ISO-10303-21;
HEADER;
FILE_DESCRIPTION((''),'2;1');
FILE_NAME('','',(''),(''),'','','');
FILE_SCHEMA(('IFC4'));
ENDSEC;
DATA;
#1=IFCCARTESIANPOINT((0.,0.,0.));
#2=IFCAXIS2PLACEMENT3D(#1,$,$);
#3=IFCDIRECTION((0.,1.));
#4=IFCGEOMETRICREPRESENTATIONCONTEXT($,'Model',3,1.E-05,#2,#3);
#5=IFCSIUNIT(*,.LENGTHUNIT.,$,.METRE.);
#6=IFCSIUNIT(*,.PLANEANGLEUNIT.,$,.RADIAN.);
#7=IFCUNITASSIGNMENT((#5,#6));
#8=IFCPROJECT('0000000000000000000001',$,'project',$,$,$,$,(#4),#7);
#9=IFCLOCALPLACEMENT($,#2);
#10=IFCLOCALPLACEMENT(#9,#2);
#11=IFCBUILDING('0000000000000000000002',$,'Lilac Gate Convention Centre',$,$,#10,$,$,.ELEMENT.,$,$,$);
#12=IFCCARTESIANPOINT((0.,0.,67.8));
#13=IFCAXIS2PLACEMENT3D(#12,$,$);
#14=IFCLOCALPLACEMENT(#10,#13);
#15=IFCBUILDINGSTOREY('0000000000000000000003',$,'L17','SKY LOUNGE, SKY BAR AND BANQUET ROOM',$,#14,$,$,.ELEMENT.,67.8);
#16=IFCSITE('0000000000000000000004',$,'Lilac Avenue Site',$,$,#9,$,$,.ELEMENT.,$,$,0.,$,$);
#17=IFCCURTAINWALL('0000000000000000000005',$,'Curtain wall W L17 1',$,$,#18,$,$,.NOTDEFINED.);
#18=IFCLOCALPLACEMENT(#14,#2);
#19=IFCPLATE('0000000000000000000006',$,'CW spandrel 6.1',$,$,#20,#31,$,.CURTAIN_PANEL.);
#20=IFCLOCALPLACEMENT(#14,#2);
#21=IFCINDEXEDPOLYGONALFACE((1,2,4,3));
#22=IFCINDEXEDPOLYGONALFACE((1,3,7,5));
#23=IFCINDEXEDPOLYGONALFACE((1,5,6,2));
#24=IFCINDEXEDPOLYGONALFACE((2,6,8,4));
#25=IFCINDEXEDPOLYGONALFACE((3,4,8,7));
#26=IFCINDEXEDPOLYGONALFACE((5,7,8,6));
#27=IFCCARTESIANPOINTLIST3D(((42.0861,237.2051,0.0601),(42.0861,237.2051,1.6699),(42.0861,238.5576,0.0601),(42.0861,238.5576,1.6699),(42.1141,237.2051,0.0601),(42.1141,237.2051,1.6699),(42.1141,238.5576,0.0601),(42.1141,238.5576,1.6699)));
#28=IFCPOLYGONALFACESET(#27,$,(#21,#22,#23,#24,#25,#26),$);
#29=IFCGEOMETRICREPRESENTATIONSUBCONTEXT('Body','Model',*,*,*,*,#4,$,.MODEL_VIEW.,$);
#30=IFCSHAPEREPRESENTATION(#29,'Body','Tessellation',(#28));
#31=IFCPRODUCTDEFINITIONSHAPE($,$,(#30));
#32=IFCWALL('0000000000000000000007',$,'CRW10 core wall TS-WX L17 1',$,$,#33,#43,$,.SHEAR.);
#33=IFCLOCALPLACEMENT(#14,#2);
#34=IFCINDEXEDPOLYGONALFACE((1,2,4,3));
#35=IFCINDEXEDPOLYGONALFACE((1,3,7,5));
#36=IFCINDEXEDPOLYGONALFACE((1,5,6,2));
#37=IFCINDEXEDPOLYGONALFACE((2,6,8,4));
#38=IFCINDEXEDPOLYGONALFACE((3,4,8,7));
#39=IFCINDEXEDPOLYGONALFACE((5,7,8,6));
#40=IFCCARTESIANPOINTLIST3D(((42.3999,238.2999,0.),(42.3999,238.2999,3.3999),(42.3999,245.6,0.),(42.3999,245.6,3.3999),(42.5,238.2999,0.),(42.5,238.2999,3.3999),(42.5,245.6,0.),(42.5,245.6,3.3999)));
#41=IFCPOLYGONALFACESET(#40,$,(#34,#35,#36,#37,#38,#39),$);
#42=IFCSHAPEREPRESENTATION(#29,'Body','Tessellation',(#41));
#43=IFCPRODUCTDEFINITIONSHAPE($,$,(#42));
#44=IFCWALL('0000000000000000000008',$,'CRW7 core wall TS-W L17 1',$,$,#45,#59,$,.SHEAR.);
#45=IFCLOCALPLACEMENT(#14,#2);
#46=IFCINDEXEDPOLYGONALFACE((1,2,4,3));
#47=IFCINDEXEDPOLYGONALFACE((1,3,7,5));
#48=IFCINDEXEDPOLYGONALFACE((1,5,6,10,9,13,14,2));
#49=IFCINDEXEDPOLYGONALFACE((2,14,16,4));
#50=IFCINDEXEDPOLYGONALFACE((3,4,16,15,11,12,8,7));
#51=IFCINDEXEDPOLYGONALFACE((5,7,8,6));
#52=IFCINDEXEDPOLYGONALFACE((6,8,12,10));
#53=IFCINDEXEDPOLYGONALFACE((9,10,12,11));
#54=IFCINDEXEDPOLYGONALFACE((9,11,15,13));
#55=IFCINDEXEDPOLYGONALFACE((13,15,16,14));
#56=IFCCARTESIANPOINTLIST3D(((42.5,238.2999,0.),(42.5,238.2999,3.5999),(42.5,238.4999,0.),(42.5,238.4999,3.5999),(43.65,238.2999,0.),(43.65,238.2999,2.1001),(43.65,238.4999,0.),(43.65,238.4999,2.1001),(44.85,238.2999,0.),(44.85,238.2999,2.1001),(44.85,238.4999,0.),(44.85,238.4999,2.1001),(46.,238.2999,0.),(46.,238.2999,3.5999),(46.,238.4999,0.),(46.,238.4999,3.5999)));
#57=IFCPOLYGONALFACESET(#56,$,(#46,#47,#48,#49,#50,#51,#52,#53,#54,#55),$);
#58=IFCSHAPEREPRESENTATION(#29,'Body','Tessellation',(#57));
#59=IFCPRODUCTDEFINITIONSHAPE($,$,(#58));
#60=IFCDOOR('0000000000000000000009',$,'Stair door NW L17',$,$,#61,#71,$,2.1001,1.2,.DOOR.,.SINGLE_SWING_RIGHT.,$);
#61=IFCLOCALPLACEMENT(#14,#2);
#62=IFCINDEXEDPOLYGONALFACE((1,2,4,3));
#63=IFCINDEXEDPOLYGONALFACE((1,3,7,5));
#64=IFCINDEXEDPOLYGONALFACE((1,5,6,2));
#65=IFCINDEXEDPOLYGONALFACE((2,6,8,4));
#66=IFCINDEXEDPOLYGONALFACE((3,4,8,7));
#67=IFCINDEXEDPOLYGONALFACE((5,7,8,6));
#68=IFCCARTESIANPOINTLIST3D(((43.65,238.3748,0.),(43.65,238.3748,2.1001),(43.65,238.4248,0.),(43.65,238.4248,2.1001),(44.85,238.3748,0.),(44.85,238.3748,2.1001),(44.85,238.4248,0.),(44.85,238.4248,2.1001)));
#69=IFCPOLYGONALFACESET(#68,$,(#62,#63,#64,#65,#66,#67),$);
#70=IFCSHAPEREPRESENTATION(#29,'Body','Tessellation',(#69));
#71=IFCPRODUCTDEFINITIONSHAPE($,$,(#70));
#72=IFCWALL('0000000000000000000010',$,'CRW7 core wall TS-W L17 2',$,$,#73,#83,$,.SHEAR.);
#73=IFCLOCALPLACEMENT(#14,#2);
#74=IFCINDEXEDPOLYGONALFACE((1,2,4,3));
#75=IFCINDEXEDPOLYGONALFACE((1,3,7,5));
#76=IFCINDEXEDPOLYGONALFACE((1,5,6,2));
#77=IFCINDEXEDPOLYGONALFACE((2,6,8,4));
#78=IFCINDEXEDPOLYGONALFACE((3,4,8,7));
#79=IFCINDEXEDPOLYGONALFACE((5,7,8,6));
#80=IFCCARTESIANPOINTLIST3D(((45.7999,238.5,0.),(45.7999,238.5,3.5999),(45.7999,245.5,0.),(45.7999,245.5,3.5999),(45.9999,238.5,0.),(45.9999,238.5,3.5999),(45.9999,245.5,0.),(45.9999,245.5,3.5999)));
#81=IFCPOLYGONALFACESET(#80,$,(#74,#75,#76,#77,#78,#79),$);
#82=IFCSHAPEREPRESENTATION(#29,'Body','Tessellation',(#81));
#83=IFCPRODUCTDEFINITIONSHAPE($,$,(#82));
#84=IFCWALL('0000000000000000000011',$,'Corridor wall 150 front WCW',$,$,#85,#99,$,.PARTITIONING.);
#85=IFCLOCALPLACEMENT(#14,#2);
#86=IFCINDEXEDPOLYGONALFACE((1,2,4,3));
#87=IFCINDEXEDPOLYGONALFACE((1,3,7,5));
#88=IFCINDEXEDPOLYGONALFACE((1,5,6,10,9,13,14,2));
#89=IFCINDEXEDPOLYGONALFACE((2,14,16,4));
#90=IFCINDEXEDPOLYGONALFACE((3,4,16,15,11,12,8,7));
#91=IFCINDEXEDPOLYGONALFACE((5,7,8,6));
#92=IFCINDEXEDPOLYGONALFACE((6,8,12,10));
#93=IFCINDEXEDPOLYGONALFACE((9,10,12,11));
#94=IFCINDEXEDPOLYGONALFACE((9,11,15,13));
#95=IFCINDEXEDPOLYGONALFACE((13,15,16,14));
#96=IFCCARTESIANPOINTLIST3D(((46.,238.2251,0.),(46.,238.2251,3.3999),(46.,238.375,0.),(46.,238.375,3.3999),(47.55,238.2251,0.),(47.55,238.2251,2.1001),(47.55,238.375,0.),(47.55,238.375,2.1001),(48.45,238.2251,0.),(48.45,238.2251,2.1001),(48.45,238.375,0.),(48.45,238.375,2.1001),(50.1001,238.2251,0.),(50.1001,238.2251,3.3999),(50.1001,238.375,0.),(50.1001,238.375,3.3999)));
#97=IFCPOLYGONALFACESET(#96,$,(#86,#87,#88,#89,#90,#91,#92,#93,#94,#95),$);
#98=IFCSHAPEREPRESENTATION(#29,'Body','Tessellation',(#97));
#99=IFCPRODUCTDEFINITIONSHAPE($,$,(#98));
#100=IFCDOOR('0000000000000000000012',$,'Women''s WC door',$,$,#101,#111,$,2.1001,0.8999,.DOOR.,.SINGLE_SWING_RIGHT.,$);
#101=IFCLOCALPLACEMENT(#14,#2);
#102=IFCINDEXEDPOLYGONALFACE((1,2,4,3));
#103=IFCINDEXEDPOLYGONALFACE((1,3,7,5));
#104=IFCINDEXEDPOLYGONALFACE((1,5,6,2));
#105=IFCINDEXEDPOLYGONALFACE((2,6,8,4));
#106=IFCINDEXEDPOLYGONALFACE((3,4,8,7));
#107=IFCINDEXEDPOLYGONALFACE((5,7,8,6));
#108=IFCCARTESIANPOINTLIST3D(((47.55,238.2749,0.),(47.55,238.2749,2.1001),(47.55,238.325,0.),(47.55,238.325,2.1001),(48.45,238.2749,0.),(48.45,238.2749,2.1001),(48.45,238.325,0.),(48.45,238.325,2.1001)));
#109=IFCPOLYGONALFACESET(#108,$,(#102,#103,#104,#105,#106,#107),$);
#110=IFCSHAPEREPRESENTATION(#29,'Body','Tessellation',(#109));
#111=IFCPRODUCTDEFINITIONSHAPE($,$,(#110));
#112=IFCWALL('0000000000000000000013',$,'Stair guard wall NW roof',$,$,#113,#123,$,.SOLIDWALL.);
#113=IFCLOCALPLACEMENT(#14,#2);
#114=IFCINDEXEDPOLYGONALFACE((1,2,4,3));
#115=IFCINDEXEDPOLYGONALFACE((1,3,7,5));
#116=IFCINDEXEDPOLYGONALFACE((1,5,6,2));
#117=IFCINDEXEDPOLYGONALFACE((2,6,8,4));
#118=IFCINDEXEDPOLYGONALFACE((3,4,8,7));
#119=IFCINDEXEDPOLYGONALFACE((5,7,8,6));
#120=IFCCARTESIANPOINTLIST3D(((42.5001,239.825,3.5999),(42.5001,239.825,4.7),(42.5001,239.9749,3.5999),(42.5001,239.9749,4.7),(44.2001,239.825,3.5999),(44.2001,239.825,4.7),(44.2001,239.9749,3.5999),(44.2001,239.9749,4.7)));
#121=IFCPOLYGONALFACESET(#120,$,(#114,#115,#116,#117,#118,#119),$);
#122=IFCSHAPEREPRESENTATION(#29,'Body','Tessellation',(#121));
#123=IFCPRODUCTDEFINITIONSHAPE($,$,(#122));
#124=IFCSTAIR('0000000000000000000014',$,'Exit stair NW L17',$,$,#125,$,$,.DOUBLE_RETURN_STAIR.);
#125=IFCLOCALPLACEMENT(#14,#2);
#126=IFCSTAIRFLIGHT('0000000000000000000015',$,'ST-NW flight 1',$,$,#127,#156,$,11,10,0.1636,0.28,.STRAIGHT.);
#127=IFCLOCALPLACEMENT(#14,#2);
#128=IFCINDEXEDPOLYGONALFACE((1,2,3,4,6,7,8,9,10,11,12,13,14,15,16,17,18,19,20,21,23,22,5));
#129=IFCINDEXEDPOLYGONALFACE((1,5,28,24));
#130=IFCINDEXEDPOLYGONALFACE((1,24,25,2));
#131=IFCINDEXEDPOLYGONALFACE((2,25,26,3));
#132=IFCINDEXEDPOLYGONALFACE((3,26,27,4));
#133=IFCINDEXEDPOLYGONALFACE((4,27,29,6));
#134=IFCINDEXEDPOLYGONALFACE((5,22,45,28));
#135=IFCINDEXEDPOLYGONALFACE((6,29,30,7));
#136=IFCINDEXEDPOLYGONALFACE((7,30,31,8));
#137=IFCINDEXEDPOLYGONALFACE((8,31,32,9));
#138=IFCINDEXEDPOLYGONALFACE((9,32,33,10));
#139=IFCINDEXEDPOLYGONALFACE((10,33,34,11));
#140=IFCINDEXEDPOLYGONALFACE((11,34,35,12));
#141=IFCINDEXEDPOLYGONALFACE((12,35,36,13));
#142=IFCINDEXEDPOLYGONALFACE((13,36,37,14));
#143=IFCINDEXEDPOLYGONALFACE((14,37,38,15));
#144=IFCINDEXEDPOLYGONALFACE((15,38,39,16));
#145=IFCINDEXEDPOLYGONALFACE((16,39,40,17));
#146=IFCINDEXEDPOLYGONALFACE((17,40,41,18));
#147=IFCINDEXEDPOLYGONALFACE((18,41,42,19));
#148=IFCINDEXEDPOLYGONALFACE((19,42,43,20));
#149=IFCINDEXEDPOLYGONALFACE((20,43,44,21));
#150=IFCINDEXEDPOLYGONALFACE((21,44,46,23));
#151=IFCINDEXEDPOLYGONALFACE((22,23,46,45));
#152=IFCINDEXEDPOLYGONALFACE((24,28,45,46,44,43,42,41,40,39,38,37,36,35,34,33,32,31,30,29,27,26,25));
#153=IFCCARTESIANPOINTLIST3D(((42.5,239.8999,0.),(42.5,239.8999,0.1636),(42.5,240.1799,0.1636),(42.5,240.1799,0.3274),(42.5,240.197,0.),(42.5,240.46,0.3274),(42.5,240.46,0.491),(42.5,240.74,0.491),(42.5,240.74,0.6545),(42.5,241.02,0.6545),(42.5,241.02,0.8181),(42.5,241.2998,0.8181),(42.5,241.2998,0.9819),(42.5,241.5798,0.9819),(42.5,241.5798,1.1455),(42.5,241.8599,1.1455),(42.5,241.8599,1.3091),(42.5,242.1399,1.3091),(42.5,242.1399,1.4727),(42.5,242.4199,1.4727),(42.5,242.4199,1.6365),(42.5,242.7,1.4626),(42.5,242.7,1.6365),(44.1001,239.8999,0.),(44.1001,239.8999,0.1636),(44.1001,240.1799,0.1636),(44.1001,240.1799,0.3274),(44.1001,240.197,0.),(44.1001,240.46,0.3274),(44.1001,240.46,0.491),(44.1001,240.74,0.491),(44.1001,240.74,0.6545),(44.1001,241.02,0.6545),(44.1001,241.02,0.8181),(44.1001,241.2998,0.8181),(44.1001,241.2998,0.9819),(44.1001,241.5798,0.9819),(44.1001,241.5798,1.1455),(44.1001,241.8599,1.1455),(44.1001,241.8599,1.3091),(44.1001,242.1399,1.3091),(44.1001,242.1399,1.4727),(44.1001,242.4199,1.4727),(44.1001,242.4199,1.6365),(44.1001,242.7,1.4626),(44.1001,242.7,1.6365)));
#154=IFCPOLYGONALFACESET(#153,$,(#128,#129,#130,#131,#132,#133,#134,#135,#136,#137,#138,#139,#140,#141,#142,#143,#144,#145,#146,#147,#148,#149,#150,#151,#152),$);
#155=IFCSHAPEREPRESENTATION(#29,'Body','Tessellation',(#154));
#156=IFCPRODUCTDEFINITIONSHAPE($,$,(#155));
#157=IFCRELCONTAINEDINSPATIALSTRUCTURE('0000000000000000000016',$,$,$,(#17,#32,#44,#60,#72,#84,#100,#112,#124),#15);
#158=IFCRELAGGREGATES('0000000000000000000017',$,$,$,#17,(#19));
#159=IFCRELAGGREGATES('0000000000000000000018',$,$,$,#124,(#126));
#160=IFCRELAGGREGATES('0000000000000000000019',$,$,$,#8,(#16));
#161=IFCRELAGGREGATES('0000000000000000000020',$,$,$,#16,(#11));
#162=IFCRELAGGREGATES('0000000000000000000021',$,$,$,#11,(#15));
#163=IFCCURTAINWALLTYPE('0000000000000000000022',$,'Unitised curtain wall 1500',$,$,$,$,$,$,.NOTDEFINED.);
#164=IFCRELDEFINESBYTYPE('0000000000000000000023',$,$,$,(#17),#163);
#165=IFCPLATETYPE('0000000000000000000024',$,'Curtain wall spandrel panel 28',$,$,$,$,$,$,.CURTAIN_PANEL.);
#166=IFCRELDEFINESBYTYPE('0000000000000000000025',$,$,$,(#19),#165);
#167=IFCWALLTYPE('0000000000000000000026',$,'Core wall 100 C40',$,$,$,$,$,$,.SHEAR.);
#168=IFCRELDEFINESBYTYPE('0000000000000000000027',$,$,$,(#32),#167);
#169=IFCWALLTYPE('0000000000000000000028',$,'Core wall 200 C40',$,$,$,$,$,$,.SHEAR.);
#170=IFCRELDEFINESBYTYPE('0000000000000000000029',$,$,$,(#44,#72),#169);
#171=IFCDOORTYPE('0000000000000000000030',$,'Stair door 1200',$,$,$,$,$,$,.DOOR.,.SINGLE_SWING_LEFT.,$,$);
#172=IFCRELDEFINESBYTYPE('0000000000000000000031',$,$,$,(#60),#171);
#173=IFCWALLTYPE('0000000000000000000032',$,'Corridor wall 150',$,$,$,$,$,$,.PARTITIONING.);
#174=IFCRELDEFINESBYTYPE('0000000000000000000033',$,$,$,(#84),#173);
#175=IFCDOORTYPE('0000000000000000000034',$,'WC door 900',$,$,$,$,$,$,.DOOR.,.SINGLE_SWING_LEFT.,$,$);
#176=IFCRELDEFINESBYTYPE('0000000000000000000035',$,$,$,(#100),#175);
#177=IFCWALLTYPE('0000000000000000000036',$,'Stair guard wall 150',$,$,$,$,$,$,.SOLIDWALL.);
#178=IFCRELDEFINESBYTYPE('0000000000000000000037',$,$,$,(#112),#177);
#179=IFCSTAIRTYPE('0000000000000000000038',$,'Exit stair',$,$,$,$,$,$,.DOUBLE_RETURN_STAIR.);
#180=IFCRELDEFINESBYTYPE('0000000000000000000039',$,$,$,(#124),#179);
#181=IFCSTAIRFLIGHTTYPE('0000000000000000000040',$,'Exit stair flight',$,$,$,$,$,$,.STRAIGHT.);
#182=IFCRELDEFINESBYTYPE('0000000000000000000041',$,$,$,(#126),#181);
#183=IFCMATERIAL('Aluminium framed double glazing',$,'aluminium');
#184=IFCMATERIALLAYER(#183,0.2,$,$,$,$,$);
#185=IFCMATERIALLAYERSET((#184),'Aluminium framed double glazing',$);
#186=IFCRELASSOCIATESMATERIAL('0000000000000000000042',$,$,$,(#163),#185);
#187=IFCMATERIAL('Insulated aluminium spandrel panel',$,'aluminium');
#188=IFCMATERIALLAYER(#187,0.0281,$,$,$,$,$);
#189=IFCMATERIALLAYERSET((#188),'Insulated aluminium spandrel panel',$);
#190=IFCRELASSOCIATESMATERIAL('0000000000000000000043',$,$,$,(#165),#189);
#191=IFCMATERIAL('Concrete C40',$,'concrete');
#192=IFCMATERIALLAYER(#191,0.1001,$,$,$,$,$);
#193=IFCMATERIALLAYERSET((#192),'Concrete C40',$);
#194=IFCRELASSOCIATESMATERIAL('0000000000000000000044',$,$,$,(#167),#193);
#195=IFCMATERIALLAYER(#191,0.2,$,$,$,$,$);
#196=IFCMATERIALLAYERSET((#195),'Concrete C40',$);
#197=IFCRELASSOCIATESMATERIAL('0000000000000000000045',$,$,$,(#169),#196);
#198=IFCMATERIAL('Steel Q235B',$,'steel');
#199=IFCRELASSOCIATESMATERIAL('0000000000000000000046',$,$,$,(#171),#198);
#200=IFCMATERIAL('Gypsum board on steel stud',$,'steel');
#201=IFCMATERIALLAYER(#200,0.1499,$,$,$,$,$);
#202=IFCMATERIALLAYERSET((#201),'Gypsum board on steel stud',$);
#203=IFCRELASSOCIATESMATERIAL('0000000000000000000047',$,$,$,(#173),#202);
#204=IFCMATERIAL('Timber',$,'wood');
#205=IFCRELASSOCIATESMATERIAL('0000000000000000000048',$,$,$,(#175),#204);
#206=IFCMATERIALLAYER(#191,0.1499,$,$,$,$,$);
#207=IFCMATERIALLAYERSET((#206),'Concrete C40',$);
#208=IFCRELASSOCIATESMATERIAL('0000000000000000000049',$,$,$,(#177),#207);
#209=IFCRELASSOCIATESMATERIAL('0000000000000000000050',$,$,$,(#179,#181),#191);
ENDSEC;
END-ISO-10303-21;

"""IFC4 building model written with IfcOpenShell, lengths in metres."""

from ifc_helpers import new_model, si_unit, direction, frame, frame_2d, origin, origin_2d, place, context, subcontext, project, spatial, polyline, rectangle, outline, extrude, material, layer, layer_set, type_object, element, fill, aggregate, save


model = new_model("IFC4")

# Units and contexts
model_context = context("Model", 3, precision=1e-05, world=origin(), true_north=direction((0.0, 1.0)))
body_context = subcontext(model_context, "Body", "Model", "MODEL_VIEW")
ifc_project = project(units=[si_unit("LENGTHUNIT", "METRE"), si_unit("PLANEANGLEUNIT", "RADIAN")], contexts=[model_context])

# Site, building, storey
site_placement = place(None, origin())
site = spatial("IfcSite", under=ifc_project, at=site_placement, Name="Lilac Avenue Site", CompositionType="ELEMENT", RefElevation=0.0)
building_placement = place(site_placement, origin())
building = spatial("IfcBuilding", under=site, at=building_placement, Name="Lilac Gate Convention Centre", CompositionType="ELEMENT")
storey_placement = place(building_placement, frame((0.0, 0.0, 67.8)))
storey = spatial("IfcBuildingStorey", under=building, at=storey_placement, Name="L17", Description="SKY LOUNGE, SKY BAR AND BANQUET ROOM", CompositionType="ELEMENT", Elevation=67.8)

# Curtain wall, plate
ifc_material_1 = material(Name="Aluminium framed double glazing", Category="aluminium")
ifc_layer_1 = layer(ifc_material_1, 0.2)
ifc_layer_set_1 = layer_set([ifc_layer_1], Name="Aluminium framed double glazing")
curtain_wall_type = type_object("IfcCurtainWallType", Name="Unitised curtain wall 1500", PredefinedType="NOTDEFINED", material=ifc_layer_set_1)
curtain_wall_placement = place(storey_placement, origin())
curtain_wall = element("IfcCurtainWall", 1, at=curtain_wall_placement, inside=storey, type_object=curtain_wall_type, Name="Curtain wall W L17 1", PredefinedType="NOTDEFINED")
ifc_material_2 = material(Name="Insulated aluminium spandrel panel", Category="aluminium")
ifc_layer_2 = layer(ifc_material_2, 0.0281)
ifc_layer_set_2 = layer_set([ifc_layer_2], Name="Insulated aluminium spandrel panel")
plate_type_1 = type_object("IfcPlateType", Name="Curtain wall spandrel panel 28", PredefinedType="CURTAIN_PANEL", material=ifc_layer_set_2)
plate_1_placement = place(storey_placement, frame((42.1001, 237.8813, 0.0601), z_axis=(0.0, 0.0, 1.0), x_axis=(0.0, -1.0, 0.0)))
plate_1 = element("IfcPlate", 2, at=plate_1_placement, type_object=plate_type_1, Name="CW spandrel 6.1", PredefinedType="CURTAIN_PANEL", context=body_context, shape_type="SweptSolid", body=[
    extrude(rectangle(XDim=1.3525, YDim=0.0281, at=origin_2d()), origin(), (0.0, 0.0, 1.0), 1.6099),
])
aggregate(curtain_wall, [plate_1])

# Wall
ifc_material_3 = material(Name="Concrete C40", Category="concrete")
ifc_layer_3 = layer(ifc_material_3, 0.1001)
ifc_layer_set_3 = layer_set([ifc_layer_3], Name="Concrete C40")
wall_type_1 = type_object("IfcWallType", Name="Core wall 100 C40", PredefinedType="SHEAR", material=ifc_layer_set_3)
wall_1_placement = place(storey_placement, frame((42.45, 238.3, 0.0), z_axis=(0.0, 0.0, 1.0), x_axis=(0.0, 1.0, 0.0)))
element("IfcWall", 3, at=wall_1_placement, inside=storey, type_object=wall_type_1, Name="CRW10 core wall TS-WX L17 1", PredefinedType="SHEAR", context=body_context, shape_type="SweptSolid", body=[
    extrude(rectangle(XDim=7.3, YDim=0.1001, at=frame_2d((3.6499, 0.0))), origin(), (0.0, 0.0, 1.0), 3.3999),
])

# Wall, opening, door
ifc_layer_4 = layer(ifc_material_3, 0.2)
ifc_layer_set_4 = layer_set([ifc_layer_4], Name="Concrete C40")
wall_type_2 = type_object("IfcWallType", Name="Core wall 200 C40", PredefinedType="SHEAR", material=ifc_layer_set_4)
wall_2_placement = place(storey_placement, frame((42.5, 238.3999, 0.0), z_axis=(0.0, 0.0, 1.0), x_axis=(1.0, 0.0, 0.0)))
wall_2 = element("IfcWall", 4, at=wall_2_placement, inside=storey, type_object=wall_type_2, Name="CRW7 core wall TS-W L17 1", PredefinedType="SHEAR", context=body_context, shape_type="SweptSolid", body=[
    extrude(rectangle(XDim=3.5, YDim=0.2, at=frame_2d((1.75, 0.0))), origin(), (0.0, 0.0, 1.0), 3.5999),
])
opening_1_placement = place(wall_2_placement, frame((1.1499, 0.0, 0.0)))
opening_1 = element("IfcOpeningElement", 5, at=opening_1_placement, cuts=wall_2, PredefinedType="OPENING", context=body_context, shape_type="SweptSolid", body=[
    extrude(rectangle(XDim=1.2, YDim=2.1001, at=frame_2d((0.6001, 1.05))), frame((0.0, 0.1099, 0.0), z_axis=(0.0, -1.0, 0.0), x_axis=(1.0, 0.0, 0.0)), (0.0, 0.0, 1.0), 0.22),
])
ifc_material_4 = material(Name="Steel Q235B", Category="steel")
door_type_1 = type_object("IfcDoorType", Name="Stair door 1200", OperationType="SINGLE_SWING_LEFT", PredefinedType="DOOR", material=ifc_material_4)
door_1_placement = place(opening_1_placement, origin())
door_1 = element("IfcDoor", 6, at=door_1_placement, inside=storey, type_object=door_type_1, Name="Stair door NW L17", OperationType="SINGLE_SWING_RIGHT", OverallHeight=2.1001, OverallWidth=1.2, PredefinedType="DOOR", context=body_context, shape_type="SweptSolid", body=[
    extrude(rectangle(XDim=1.2, YDim=2.1001, at=frame_2d((0.6001, 1.05))), frame((0.0, 0.0249, 0.0), z_axis=(0.0, -1.0, 0.0), x_axis=(1.0, 0.0, 0.0)), (0.0, 0.0, 1.0), 0.05),
])
fill(opening_1, door_1)

# Wall
wall_3_placement = place(storey_placement, frame((45.8999, 238.5, 0.0), z_axis=(0.0, 0.0, 1.0), x_axis=(0.0, 1.0, 0.0)))
element("IfcWall", 7, at=wall_3_placement, inside=storey, type_object=wall_type_2, Name="CRW7 core wall TS-W L17 2", PredefinedType="SHEAR", context=body_context, shape_type="SweptSolid", body=[
    extrude(rectangle(XDim=7.0, YDim=0.2, at=frame_2d((3.5, 0.0))), origin(), (0.0, 0.0, 1.0), 3.5999),
])

# Wall, opening, door
ifc_material_5 = material(Name="Gypsum board on steel stud", Category="steel")
ifc_layer_5 = layer(ifc_material_5, 0.1499)
ifc_layer_set_5 = layer_set([ifc_layer_5], Name="Gypsum board on steel stud")
wall_type_3 = type_object("IfcWallType", Name="Corridor wall 150", PredefinedType="PARTITIONING", material=ifc_layer_set_5)
wall_4_placement = place(storey_placement, frame((46.0, 238.3, 0.0), z_axis=(0.0, 0.0, 1.0), x_axis=(1.0, 0.0, 0.0)))
wall_4 = element("IfcWall", 8, at=wall_4_placement, inside=storey, type_object=wall_type_3, Name="Corridor wall 150 front WCW", PredefinedType="PARTITIONING", context=body_context, shape_type="SweptSolid", body=[
    extrude(rectangle(XDim=4.1001, YDim=0.1499, at=frame_2d((2.05, 0.0))), origin(), (0.0, 0.0, 1.0), 3.3999),
])
opening_2_placement = place(wall_4_placement, frame((1.55, 0.0, 0.0)))
opening_2 = element("IfcOpeningElement", 9, at=opening_2_placement, cuts=wall_4, PredefinedType="OPENING", context=body_context, shape_type="SweptSolid", body=[
    extrude(rectangle(XDim=0.8999, YDim=2.1001, at=frame_2d((0.45, 1.05))), frame((0.0, 0.085, 0.0), z_axis=(0.0, -1.0, 0.0), x_axis=(1.0, 0.0, 0.0)), (0.0, 0.0, 1.0), 0.1699),
])
ifc_material_6 = material(Name="Timber", Category="wood")
door_type_2 = type_object("IfcDoorType", Name="WC door 900", OperationType="SINGLE_SWING_LEFT", PredefinedType="DOOR", material=ifc_material_6)
door_2_placement = place(opening_2_placement, origin())
door_2 = element("IfcDoor", 10, at=door_2_placement, inside=storey, type_object=door_type_2, Name="Women's WC door", OperationType="SINGLE_SWING_RIGHT", OverallHeight=2.1001, OverallWidth=0.8999, PredefinedType="DOOR", context=body_context, shape_type="SweptSolid", body=[
    extrude(rectangle(XDim=0.8999, YDim=2.1001, at=frame_2d((0.45, 1.05))), frame((0.0, 0.0249, 0.0), z_axis=(0.0, -1.0, 0.0), x_axis=(1.0, 0.0, 0.0)), (0.0, 0.0, 1.0), 0.05),
])
fill(opening_2, door_2)

# Wall
ifc_layer_6 = layer(ifc_material_3, 0.1499)
ifc_layer_set_6 = layer_set([ifc_layer_6], Name="Concrete C40")
wall_type_4 = type_object("IfcWallType", Name="Stair guard wall 150", PredefinedType="SOLIDWALL", material=ifc_layer_set_6)
wall_5_placement = place(storey_placement, frame((42.5, 239.8999, 3.5999), z_axis=(0.0, 0.0, 1.0), x_axis=(1.0, 0.0, 0.0)))
element("IfcWall", 11, at=wall_5_placement, inside=storey, type_object=wall_type_4, Name="Stair guard wall NW roof", PredefinedType="SOLIDWALL", context=body_context, shape_type="SweptSolid", body=[
    extrude(rectangle(XDim=1.7, YDim=0.1499, at=frame_2d((0.8501, 0.0))), origin(), (0.0, 0.0, 1.0), 1.1001),
])

# Stair, stair flight
stair_type = type_object("IfcStairType", Name="Exit stair", PredefinedType="DOUBLE_RETURN_STAIR", material=ifc_material_3)
stair_placement = place(storey_placement, origin())
stair = element("IfcStair", 12, at=stair_placement, inside=storey, type_object=stair_type, Name="Exit stair NW L17", PredefinedType="DOUBLE_RETURN_STAIR")
stair_flight_type = type_object("IfcStairFlightType", Name="Exit stair flight", PredefinedType="STRAIGHT", material=ifc_material_3)
stair_flight_placement = place(storey_placement, frame((43.3, 239.8999, 0.0), z_axis=(0.0, 0.0, 1.0), x_axis=(0.0, 1.0, 0.0)))
stair_flight = element("IfcStairFlight", 13, at=stair_flight_placement, type_object=stair_flight_type, Name="ST-NW flight 1", NumberOfRisers=11, NumberOfTreads=10, PredefinedType="STRAIGHT", RiserHeight=0.1636, TreadLength=0.28, context=body_context, shape_type="SweptSolid", body=[
    extrude(outline(polyline([(0.0, 0.0), (0.0, 0.1636), (0.28, 0.1636), (0.28, 0.3274), (0.5601, 0.3274), (0.5601, 0.491), (0.8401, 0.491), (0.8401, 0.6545), (1.1201, 0.6545), (1.1201, 0.8181), (1.3999, 0.8181), (1.3999, 0.9819), (1.6799, 0.9819), (1.6799, 1.1455), (1.96, 1.1455), (1.96, 1.3091), (2.24, 1.3091), (2.24, 1.4727), (2.52, 1.4727), (2.52, 1.6365), (2.8, 1.6365), (2.8, 1.8), (2.8, 1.4626), (0.2971, 0.0), (0.0, 0.0)])), frame((0.0, 0.8, 0.0), z_axis=(0.0, -1.0, 0.0), x_axis=(1.0, 0.0, 0.0)), (0.0, 0.0, 1.0), 1.6001),
])
aggregate(stair, [stair_flight])

save(model, "model.ifc")
